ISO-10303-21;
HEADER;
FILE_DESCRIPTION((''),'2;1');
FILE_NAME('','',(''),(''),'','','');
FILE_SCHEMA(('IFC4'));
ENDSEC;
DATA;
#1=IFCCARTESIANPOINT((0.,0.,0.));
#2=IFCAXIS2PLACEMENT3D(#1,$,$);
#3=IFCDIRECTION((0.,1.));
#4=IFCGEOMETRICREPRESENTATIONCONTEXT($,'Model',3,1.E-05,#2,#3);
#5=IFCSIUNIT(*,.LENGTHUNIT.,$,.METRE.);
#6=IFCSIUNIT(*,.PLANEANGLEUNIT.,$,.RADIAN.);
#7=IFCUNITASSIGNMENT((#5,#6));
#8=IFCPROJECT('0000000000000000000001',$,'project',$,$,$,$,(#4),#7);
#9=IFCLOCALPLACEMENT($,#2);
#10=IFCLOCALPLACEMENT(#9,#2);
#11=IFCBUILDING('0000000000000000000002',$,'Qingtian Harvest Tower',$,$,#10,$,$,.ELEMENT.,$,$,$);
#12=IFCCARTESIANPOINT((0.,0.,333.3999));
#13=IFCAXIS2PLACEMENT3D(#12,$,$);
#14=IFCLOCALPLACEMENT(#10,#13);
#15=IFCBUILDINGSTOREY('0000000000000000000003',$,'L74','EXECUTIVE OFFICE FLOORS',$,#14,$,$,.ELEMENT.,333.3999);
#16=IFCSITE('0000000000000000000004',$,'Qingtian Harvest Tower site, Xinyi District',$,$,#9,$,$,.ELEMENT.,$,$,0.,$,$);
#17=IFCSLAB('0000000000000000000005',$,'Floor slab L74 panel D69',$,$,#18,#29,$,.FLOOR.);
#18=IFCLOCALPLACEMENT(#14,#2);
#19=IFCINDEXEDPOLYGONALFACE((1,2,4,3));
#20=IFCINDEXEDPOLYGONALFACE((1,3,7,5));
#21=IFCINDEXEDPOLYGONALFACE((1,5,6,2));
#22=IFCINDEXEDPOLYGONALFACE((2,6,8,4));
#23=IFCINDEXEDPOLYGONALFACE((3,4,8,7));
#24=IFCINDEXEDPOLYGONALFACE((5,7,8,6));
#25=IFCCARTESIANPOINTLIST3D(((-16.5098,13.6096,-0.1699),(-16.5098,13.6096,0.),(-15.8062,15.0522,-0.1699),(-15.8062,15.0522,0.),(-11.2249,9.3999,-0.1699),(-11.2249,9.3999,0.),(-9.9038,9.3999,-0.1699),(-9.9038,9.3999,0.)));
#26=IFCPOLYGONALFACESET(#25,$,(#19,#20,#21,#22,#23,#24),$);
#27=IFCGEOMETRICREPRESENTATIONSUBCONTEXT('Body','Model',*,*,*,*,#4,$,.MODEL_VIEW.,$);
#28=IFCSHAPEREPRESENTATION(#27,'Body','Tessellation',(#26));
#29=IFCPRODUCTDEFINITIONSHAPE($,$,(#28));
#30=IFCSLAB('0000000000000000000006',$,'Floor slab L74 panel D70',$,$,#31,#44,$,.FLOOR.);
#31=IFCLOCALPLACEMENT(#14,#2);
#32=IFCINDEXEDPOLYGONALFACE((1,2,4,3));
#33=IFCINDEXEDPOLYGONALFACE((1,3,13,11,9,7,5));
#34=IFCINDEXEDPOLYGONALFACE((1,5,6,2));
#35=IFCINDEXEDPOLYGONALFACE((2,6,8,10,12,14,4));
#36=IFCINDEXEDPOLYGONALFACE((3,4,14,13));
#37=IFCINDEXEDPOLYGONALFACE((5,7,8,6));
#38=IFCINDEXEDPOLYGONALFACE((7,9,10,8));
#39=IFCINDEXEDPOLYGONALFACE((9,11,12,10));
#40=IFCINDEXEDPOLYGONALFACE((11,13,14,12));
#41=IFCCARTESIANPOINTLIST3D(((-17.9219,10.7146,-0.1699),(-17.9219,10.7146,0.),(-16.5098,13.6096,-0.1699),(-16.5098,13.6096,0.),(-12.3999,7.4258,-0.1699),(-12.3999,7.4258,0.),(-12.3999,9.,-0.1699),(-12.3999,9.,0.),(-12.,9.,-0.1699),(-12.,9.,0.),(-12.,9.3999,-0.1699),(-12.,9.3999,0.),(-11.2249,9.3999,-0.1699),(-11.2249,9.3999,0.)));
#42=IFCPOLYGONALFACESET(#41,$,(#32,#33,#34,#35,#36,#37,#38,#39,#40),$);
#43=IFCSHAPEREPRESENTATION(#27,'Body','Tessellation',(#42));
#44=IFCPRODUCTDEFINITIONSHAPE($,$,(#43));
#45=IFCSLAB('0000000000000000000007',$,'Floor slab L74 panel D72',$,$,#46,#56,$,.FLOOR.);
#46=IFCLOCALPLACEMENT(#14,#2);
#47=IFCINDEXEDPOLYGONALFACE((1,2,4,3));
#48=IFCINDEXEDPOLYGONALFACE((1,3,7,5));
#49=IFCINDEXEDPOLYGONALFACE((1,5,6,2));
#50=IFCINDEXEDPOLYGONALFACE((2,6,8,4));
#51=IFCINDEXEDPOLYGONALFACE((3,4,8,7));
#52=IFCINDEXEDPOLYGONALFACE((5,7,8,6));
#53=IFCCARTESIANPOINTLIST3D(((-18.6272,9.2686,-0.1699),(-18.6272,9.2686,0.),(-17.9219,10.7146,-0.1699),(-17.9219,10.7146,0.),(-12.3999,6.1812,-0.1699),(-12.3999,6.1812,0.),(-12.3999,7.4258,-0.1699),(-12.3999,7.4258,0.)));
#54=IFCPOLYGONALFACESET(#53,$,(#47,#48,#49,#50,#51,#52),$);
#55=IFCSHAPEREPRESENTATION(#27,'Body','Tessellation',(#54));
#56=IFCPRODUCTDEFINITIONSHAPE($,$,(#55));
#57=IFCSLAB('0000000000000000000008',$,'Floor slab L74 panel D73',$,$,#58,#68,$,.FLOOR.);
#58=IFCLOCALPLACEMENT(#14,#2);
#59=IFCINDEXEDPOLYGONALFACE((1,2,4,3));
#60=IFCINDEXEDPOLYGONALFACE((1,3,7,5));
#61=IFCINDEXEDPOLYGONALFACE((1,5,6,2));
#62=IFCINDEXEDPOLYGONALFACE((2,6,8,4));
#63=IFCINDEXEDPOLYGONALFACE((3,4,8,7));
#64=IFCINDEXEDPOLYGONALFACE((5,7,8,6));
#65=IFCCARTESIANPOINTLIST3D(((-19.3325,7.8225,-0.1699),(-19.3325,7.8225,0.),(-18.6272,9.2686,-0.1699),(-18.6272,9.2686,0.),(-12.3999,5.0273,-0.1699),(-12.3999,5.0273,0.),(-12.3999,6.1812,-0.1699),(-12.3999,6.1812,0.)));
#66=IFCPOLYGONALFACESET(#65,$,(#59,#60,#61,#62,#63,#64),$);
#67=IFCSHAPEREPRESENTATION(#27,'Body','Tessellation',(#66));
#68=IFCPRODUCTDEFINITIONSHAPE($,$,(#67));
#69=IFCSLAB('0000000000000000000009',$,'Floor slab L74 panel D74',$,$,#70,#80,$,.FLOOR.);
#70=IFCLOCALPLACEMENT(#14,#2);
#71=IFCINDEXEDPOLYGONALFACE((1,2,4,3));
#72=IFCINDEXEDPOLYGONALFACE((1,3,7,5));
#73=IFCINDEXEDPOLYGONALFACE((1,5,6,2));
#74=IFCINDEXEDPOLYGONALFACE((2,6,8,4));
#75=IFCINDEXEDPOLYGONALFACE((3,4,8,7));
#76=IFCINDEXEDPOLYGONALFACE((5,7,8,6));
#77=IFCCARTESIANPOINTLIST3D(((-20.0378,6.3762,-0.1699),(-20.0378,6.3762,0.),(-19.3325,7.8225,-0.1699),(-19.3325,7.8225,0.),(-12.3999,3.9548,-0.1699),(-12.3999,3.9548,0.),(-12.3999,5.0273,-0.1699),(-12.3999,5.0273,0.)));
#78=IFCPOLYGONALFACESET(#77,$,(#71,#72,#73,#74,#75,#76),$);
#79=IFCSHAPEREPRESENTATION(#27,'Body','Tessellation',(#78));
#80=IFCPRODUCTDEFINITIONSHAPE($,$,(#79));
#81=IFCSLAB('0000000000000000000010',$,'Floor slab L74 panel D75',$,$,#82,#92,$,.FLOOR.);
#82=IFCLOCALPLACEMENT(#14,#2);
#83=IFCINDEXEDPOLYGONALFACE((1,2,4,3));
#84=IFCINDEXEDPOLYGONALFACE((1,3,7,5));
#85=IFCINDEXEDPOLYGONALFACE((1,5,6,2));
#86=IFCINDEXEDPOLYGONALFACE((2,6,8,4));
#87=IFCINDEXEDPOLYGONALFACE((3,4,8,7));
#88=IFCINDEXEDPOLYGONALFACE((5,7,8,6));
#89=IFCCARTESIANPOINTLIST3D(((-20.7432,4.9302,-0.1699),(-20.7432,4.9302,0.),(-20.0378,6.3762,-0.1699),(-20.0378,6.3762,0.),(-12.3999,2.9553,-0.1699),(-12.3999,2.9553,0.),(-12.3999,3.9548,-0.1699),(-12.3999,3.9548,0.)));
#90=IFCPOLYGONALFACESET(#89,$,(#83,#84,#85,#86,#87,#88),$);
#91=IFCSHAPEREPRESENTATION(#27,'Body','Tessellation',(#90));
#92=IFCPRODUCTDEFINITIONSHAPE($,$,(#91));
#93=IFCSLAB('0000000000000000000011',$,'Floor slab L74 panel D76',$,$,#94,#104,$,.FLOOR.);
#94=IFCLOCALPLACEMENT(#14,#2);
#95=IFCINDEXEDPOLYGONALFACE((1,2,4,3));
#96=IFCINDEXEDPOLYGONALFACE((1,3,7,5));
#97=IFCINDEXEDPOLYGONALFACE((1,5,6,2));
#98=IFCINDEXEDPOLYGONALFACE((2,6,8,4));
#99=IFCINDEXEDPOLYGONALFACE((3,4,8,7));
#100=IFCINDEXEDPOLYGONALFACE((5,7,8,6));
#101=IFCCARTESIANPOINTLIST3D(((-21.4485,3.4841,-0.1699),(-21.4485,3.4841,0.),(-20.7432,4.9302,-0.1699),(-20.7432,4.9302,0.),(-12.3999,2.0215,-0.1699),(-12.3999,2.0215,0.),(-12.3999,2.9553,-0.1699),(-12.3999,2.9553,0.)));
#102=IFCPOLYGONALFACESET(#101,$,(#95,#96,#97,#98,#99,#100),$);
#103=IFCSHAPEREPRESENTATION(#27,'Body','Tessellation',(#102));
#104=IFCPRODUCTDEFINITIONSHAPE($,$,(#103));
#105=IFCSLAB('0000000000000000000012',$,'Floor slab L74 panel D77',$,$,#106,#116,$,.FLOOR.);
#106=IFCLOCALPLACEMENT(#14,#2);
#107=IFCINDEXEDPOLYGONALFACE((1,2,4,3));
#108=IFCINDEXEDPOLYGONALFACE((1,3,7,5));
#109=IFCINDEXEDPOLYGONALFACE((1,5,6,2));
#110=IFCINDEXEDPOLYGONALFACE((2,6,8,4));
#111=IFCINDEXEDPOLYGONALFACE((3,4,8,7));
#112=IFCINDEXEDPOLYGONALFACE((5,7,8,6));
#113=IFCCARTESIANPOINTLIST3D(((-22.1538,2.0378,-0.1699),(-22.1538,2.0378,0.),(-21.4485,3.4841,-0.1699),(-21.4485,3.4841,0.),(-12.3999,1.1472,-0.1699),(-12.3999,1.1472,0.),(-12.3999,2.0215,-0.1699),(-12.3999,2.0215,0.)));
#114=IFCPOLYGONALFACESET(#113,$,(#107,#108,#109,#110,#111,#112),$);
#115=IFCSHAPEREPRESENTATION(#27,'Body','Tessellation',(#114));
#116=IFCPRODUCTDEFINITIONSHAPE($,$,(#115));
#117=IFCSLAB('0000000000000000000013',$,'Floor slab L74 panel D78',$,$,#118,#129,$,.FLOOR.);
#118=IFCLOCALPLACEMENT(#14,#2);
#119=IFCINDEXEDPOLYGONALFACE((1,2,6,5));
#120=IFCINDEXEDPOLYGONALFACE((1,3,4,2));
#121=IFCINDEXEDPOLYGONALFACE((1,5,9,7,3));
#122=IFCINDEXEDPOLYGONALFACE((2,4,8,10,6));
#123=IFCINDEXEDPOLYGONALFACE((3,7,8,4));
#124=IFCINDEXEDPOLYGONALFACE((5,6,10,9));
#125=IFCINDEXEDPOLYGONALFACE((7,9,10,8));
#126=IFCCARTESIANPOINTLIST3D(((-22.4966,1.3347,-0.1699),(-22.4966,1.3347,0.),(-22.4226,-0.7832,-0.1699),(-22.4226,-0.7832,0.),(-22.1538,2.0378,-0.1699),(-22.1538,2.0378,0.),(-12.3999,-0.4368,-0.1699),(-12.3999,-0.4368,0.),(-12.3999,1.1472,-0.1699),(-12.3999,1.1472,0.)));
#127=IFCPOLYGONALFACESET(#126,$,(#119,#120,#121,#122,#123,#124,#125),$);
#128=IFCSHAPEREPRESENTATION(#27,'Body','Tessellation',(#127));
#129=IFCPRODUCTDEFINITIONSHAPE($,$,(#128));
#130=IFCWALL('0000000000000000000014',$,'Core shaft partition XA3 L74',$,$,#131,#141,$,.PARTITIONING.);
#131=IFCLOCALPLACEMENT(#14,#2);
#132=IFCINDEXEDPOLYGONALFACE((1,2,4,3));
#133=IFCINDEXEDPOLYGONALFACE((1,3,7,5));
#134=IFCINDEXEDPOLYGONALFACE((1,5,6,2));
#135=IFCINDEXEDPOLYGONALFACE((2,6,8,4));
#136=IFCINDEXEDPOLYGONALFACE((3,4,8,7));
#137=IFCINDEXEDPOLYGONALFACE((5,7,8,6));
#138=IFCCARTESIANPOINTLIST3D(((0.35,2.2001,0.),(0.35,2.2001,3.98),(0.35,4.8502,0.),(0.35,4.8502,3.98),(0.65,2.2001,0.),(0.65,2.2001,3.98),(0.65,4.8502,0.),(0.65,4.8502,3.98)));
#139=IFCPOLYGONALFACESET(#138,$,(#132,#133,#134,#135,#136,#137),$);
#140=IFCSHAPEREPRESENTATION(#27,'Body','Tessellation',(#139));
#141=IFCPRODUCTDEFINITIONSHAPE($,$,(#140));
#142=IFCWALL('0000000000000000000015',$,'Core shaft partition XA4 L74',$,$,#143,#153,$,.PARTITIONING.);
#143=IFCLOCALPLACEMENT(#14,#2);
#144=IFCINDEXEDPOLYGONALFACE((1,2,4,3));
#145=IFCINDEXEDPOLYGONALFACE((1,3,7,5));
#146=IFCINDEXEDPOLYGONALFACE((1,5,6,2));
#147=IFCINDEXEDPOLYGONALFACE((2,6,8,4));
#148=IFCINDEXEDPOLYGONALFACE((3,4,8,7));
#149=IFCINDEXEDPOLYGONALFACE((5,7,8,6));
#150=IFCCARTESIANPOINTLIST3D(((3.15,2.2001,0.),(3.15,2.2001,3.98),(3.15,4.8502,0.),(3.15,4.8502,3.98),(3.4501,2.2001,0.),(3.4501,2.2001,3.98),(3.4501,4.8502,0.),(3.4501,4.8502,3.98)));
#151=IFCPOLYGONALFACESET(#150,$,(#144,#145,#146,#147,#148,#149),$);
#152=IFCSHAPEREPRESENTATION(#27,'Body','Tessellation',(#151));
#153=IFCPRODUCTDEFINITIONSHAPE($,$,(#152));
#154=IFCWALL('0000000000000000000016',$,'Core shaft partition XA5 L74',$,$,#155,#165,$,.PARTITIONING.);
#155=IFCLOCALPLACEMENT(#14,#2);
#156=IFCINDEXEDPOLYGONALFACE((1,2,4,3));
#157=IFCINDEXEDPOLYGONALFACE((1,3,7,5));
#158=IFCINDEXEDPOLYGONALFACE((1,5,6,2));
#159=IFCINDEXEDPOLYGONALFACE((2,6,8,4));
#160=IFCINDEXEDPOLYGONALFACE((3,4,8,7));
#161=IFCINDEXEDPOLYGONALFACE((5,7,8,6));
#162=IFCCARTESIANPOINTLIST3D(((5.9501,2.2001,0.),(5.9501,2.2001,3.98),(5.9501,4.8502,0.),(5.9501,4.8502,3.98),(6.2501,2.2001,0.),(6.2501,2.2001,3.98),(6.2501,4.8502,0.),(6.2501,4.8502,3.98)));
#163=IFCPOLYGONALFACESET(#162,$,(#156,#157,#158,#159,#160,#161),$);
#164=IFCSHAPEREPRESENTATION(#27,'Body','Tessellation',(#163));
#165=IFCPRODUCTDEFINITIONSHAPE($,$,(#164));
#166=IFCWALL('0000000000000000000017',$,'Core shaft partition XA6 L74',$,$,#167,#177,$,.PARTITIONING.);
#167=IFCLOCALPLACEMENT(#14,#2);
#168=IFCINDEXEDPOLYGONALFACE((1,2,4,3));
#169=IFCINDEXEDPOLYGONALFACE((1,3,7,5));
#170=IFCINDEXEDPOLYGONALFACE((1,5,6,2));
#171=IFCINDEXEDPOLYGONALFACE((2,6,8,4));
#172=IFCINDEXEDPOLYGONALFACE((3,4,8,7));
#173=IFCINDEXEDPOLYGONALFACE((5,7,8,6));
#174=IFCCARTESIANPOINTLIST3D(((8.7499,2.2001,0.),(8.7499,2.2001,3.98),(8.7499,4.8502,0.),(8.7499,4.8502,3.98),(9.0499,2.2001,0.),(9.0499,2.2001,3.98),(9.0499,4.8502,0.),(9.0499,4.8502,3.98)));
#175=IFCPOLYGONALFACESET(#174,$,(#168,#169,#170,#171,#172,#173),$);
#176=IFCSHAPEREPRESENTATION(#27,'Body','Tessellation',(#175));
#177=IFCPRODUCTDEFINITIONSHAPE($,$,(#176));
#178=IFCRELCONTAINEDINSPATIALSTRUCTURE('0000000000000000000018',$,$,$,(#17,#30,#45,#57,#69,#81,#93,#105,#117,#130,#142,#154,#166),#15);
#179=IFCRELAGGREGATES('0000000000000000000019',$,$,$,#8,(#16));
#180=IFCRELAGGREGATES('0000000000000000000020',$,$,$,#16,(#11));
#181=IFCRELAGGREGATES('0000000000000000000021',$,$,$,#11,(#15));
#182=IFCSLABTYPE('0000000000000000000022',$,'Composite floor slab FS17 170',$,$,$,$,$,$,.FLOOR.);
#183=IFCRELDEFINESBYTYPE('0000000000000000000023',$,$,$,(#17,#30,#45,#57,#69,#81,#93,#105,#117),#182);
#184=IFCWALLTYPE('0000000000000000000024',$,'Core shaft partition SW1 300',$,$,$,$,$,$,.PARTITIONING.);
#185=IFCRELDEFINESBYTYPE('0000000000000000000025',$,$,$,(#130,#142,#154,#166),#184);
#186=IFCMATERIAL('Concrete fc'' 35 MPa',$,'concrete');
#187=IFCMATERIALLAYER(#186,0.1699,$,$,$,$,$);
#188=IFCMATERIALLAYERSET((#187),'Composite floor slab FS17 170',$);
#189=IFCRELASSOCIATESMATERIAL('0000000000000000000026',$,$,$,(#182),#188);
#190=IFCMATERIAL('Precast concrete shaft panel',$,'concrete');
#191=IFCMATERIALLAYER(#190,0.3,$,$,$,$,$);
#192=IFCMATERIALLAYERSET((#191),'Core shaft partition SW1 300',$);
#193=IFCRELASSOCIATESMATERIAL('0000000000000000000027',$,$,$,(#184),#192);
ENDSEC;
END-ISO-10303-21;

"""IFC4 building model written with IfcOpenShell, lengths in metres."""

from ifc_helpers import new_model, si_unit, direction, frame, frame_2d, origin, place, context, subcontext, project, spatial, polyline, rectangle, outline, extrude, material, layer, layer_set, type_object, element, save


model = new_model("IFC4")

# Units and contexts
model_context = context("Model", 3, precision=1e-05, world=origin(), true_north=direction((0.0, 1.0)))
body_context = subcontext(model_context, "Body", "Model", "MODEL_VIEW")
ifc_project = project(units=[si_unit("LENGTHUNIT", "METRE"), si_unit("PLANEANGLEUNIT", "RADIAN")], contexts=[model_context])

# Site, building, storey
site_placement = place(None, origin())
site = spatial("IfcSite", under=ifc_project, at=site_placement, Name="Qingtian Harvest Tower site, Xinyi District", CompositionType="ELEMENT", RefElevation=0.0)
building_placement = place(site_placement, origin())
building = spatial("IfcBuilding", under=site, at=building_placement, Name="Qingtian Harvest Tower", CompositionType="ELEMENT")
storey_placement = place(building_placement, frame((0.0, 0.0, 333.3999)))
storey = spatial("IfcBuildingStorey", under=building, at=storey_placement, Name="L74", Description="EXECUTIVE OFFICE FLOORS", CompositionType="ELEMENT", Elevation=333.3999)

# Slabs
ifc_material_1 = material(Name="Concrete fc' 35 MPa", Category="concrete")
ifc_layer_1 = layer(ifc_material_1, 0.1699)
ifc_layer_set_1 = layer_set([ifc_layer_1], Name="Composite floor slab FS17 170")
slab_type = type_object("IfcSlabType", Name="Composite floor slab FS17 170", PredefinedType="FLOOR", material=ifc_layer_set_1)
slab_1_placement = place(storey_placement, frame((0.0, 0.0, -0.1699)))
element("IfcSlab", 1, at=slab_1_placement, inside=storey, type_object=slab_type, Name="Floor slab L74 panel D69", PredefinedType="FLOOR", context=body_context, shape_type="SweptSolid", body=[
    extrude(outline(polyline([(-11.2249, 9.3999), (-16.5098, 13.6096), (-15.8062, 15.0522), (-9.9038, 9.3999), (-11.2249, 9.3999)])), origin(), (0.0, 0.0, 1.0), 0.1699),
])
slab_2_placement = place(storey_placement, frame((0.0, 0.0, -0.1699)))
element("IfcSlab", 2, at=slab_2_placement, inside=storey, type_object=slab_type, Name="Floor slab L74 panel D70", PredefinedType="FLOOR", context=body_context, shape_type="SweptSolid", body=[
    extrude(outline(polyline([(-12.0, 9.0), (-12.3999, 9.0), (-12.3999, 7.4258), (-17.9219, 10.7146), (-16.5098, 13.6096), (-11.2249, 9.3999), (-12.0, 9.3999), (-12.0, 9.0)])), origin(), (0.0, 0.0, 1.0), 0.1699),
])
slab_3_placement = place(storey_placement, frame((0.0, 0.0, -0.1699)))
element("IfcSlab", 3, at=slab_3_placement, inside=storey, type_object=slab_type, Name="Floor slab L74 panel D72", PredefinedType="FLOOR", context=body_context, shape_type="SweptSolid", body=[
    extrude(outline(polyline([(-12.3999, 6.1812), (-18.6272, 9.2686), (-17.9219, 10.7146), (-12.3999, 7.4258), (-12.3999, 6.1812)])), origin(), (0.0, 0.0, 1.0), 0.1699),
])
slab_4_placement = place(storey_placement, frame((0.0, 0.0, -0.1699)))
element("IfcSlab", 4, at=slab_4_placement, inside=storey, type_object=slab_type, Name="Floor slab L74 panel D73", PredefinedType="FLOOR", context=body_context, shape_type="SweptSolid", body=[
    extrude(outline(polyline([(-12.3999, 5.0273), (-19.3325, 7.8225), (-18.6272, 9.2686), (-12.3999, 6.1812), (-12.3999, 5.0273)])), origin(), (0.0, 0.0, 1.0), 0.1699),
])
slab_5_placement = place(storey_placement, frame((0.0, 0.0, -0.1699)))
element("IfcSlab", 5, at=slab_5_placement, inside=storey, type_object=slab_type, Name="Floor slab L74 panel D74", PredefinedType="FLOOR", context=body_context, shape_type="SweptSolid", body=[
    extrude(outline(polyline([(-12.3999, 3.9548), (-20.0378, 6.3762), (-19.3325, 7.8225), (-12.3999, 5.0273), (-12.3999, 3.9548)])), origin(), (0.0, 0.0, 1.0), 0.1699),
])
slab_6_placement = place(storey_placement, frame((0.0, 0.0, -0.1699)))
element("IfcSlab", 6, at=slab_6_placement, inside=storey, type_object=slab_type, Name="Floor slab L74 panel D75", PredefinedType="FLOOR", context=body_context, shape_type="SweptSolid", body=[
    extrude(outline(polyline([(-12.3999, 2.9553), (-20.7432, 4.9302), (-20.0378, 6.3762), (-12.3999, 3.9548), (-12.3999, 2.9553)])), origin(), (0.0, 0.0, 1.0), 0.1699),
])
slab_7_placement = place(storey_placement, frame((0.0, 0.0, -0.1699)))
element("IfcSlab", 7, at=slab_7_placement, inside=storey, type_object=slab_type, Name="Floor slab L74 panel D76", PredefinedType="FLOOR", context=body_context, shape_type="SweptSolid", body=[
    extrude(outline(polyline([(-12.3999, 2.0215), (-21.4485, 3.4841), (-20.7432, 4.9302), (-12.3999, 2.9553), (-12.3999, 2.0215)])), origin(), (0.0, 0.0, 1.0), 0.1699),
])
slab_8_placement = place(storey_placement, frame((0.0, 0.0, -0.1699)))
element("IfcSlab", 8, at=slab_8_placement, inside=storey, type_object=slab_type, Name="Floor slab L74 panel D77", PredefinedType="FLOOR", context=body_context, shape_type="SweptSolid", body=[
    extrude(outline(polyline([(-12.3999, 1.1472), (-22.1538, 2.0378), (-21.4485, 3.4841), (-12.3999, 2.0215), (-12.3999, 1.1472)])), origin(), (0.0, 0.0, 1.0), 0.1699),
])
slab_9_placement = place(storey_placement, frame((0.0, 0.0, -0.1699)))
element("IfcSlab", 9, at=slab_9_placement, inside=storey, type_object=slab_type, Name="Floor slab L74 panel D78", PredefinedType="FLOOR", context=body_context, shape_type="SweptSolid", body=[
    extrude(outline(polyline([(-12.3999, 1.1472), (-12.3999, -0.4368), (-22.4226, -0.7832), (-22.4966, 1.3347), (-22.1538, 2.0378), (-12.3999, 1.1472)])), origin(), (0.0, 0.0, 1.0), 0.1699),
])

# Shared definitions
ifc_material_2 = material(Name="Precast concrete shaft panel", Category="concrete")
ifc_layer_2 = layer(ifc_material_2, 0.3)
ifc_layer_set_2 = layer_set([ifc_layer_2], Name="Core shaft partition SW1 300")
wall_type_1 = type_object("IfcWallType", Name="Core shaft partition SW1 300", PredefinedType="PARTITIONING", material=ifc_layer_set_2)

# Walls
for number, where, z_axis, x_axis, name in (
    (10, (0.5, 2.2, 0.0), (0.0, 0.0, 1.0), (0.0, 1.0, 0.0), "Core shaft partition XA3 L74"),
    (11, (3.3, 2.2, 0.0), (0.0, 0.0, 1.0), (0.0, 1.0, 0.0), "Core shaft partition XA4 L74"),
    (12, (6.1001, 2.2, 0.0), (0.0, 0.0, 1.0), (0.0, 1.0, 0.0), "Core shaft partition XA5 L74"),
    (13, (8.8999, 2.2, 0.0), (0.0, 0.0, 1.0), (0.0, 1.0, 0.0), "Core shaft partition XA6 L74"),
):
    element("IfcWall", number, at=place(storey_placement, frame(where, z_axis=z_axis, x_axis=x_axis)), inside=storey, type_object=wall_type_1, Name=name, PredefinedType="PARTITIONING", context=body_context, shape_type="SweptSolid", body=[
        extrude(rectangle(XDim=2.6501, YDim=0.3, at=frame_2d((1.3252, 0.0))), origin(), (0.0, 0.0, 1.0), 3.98),
    ])

save(model, "model.ifc")
